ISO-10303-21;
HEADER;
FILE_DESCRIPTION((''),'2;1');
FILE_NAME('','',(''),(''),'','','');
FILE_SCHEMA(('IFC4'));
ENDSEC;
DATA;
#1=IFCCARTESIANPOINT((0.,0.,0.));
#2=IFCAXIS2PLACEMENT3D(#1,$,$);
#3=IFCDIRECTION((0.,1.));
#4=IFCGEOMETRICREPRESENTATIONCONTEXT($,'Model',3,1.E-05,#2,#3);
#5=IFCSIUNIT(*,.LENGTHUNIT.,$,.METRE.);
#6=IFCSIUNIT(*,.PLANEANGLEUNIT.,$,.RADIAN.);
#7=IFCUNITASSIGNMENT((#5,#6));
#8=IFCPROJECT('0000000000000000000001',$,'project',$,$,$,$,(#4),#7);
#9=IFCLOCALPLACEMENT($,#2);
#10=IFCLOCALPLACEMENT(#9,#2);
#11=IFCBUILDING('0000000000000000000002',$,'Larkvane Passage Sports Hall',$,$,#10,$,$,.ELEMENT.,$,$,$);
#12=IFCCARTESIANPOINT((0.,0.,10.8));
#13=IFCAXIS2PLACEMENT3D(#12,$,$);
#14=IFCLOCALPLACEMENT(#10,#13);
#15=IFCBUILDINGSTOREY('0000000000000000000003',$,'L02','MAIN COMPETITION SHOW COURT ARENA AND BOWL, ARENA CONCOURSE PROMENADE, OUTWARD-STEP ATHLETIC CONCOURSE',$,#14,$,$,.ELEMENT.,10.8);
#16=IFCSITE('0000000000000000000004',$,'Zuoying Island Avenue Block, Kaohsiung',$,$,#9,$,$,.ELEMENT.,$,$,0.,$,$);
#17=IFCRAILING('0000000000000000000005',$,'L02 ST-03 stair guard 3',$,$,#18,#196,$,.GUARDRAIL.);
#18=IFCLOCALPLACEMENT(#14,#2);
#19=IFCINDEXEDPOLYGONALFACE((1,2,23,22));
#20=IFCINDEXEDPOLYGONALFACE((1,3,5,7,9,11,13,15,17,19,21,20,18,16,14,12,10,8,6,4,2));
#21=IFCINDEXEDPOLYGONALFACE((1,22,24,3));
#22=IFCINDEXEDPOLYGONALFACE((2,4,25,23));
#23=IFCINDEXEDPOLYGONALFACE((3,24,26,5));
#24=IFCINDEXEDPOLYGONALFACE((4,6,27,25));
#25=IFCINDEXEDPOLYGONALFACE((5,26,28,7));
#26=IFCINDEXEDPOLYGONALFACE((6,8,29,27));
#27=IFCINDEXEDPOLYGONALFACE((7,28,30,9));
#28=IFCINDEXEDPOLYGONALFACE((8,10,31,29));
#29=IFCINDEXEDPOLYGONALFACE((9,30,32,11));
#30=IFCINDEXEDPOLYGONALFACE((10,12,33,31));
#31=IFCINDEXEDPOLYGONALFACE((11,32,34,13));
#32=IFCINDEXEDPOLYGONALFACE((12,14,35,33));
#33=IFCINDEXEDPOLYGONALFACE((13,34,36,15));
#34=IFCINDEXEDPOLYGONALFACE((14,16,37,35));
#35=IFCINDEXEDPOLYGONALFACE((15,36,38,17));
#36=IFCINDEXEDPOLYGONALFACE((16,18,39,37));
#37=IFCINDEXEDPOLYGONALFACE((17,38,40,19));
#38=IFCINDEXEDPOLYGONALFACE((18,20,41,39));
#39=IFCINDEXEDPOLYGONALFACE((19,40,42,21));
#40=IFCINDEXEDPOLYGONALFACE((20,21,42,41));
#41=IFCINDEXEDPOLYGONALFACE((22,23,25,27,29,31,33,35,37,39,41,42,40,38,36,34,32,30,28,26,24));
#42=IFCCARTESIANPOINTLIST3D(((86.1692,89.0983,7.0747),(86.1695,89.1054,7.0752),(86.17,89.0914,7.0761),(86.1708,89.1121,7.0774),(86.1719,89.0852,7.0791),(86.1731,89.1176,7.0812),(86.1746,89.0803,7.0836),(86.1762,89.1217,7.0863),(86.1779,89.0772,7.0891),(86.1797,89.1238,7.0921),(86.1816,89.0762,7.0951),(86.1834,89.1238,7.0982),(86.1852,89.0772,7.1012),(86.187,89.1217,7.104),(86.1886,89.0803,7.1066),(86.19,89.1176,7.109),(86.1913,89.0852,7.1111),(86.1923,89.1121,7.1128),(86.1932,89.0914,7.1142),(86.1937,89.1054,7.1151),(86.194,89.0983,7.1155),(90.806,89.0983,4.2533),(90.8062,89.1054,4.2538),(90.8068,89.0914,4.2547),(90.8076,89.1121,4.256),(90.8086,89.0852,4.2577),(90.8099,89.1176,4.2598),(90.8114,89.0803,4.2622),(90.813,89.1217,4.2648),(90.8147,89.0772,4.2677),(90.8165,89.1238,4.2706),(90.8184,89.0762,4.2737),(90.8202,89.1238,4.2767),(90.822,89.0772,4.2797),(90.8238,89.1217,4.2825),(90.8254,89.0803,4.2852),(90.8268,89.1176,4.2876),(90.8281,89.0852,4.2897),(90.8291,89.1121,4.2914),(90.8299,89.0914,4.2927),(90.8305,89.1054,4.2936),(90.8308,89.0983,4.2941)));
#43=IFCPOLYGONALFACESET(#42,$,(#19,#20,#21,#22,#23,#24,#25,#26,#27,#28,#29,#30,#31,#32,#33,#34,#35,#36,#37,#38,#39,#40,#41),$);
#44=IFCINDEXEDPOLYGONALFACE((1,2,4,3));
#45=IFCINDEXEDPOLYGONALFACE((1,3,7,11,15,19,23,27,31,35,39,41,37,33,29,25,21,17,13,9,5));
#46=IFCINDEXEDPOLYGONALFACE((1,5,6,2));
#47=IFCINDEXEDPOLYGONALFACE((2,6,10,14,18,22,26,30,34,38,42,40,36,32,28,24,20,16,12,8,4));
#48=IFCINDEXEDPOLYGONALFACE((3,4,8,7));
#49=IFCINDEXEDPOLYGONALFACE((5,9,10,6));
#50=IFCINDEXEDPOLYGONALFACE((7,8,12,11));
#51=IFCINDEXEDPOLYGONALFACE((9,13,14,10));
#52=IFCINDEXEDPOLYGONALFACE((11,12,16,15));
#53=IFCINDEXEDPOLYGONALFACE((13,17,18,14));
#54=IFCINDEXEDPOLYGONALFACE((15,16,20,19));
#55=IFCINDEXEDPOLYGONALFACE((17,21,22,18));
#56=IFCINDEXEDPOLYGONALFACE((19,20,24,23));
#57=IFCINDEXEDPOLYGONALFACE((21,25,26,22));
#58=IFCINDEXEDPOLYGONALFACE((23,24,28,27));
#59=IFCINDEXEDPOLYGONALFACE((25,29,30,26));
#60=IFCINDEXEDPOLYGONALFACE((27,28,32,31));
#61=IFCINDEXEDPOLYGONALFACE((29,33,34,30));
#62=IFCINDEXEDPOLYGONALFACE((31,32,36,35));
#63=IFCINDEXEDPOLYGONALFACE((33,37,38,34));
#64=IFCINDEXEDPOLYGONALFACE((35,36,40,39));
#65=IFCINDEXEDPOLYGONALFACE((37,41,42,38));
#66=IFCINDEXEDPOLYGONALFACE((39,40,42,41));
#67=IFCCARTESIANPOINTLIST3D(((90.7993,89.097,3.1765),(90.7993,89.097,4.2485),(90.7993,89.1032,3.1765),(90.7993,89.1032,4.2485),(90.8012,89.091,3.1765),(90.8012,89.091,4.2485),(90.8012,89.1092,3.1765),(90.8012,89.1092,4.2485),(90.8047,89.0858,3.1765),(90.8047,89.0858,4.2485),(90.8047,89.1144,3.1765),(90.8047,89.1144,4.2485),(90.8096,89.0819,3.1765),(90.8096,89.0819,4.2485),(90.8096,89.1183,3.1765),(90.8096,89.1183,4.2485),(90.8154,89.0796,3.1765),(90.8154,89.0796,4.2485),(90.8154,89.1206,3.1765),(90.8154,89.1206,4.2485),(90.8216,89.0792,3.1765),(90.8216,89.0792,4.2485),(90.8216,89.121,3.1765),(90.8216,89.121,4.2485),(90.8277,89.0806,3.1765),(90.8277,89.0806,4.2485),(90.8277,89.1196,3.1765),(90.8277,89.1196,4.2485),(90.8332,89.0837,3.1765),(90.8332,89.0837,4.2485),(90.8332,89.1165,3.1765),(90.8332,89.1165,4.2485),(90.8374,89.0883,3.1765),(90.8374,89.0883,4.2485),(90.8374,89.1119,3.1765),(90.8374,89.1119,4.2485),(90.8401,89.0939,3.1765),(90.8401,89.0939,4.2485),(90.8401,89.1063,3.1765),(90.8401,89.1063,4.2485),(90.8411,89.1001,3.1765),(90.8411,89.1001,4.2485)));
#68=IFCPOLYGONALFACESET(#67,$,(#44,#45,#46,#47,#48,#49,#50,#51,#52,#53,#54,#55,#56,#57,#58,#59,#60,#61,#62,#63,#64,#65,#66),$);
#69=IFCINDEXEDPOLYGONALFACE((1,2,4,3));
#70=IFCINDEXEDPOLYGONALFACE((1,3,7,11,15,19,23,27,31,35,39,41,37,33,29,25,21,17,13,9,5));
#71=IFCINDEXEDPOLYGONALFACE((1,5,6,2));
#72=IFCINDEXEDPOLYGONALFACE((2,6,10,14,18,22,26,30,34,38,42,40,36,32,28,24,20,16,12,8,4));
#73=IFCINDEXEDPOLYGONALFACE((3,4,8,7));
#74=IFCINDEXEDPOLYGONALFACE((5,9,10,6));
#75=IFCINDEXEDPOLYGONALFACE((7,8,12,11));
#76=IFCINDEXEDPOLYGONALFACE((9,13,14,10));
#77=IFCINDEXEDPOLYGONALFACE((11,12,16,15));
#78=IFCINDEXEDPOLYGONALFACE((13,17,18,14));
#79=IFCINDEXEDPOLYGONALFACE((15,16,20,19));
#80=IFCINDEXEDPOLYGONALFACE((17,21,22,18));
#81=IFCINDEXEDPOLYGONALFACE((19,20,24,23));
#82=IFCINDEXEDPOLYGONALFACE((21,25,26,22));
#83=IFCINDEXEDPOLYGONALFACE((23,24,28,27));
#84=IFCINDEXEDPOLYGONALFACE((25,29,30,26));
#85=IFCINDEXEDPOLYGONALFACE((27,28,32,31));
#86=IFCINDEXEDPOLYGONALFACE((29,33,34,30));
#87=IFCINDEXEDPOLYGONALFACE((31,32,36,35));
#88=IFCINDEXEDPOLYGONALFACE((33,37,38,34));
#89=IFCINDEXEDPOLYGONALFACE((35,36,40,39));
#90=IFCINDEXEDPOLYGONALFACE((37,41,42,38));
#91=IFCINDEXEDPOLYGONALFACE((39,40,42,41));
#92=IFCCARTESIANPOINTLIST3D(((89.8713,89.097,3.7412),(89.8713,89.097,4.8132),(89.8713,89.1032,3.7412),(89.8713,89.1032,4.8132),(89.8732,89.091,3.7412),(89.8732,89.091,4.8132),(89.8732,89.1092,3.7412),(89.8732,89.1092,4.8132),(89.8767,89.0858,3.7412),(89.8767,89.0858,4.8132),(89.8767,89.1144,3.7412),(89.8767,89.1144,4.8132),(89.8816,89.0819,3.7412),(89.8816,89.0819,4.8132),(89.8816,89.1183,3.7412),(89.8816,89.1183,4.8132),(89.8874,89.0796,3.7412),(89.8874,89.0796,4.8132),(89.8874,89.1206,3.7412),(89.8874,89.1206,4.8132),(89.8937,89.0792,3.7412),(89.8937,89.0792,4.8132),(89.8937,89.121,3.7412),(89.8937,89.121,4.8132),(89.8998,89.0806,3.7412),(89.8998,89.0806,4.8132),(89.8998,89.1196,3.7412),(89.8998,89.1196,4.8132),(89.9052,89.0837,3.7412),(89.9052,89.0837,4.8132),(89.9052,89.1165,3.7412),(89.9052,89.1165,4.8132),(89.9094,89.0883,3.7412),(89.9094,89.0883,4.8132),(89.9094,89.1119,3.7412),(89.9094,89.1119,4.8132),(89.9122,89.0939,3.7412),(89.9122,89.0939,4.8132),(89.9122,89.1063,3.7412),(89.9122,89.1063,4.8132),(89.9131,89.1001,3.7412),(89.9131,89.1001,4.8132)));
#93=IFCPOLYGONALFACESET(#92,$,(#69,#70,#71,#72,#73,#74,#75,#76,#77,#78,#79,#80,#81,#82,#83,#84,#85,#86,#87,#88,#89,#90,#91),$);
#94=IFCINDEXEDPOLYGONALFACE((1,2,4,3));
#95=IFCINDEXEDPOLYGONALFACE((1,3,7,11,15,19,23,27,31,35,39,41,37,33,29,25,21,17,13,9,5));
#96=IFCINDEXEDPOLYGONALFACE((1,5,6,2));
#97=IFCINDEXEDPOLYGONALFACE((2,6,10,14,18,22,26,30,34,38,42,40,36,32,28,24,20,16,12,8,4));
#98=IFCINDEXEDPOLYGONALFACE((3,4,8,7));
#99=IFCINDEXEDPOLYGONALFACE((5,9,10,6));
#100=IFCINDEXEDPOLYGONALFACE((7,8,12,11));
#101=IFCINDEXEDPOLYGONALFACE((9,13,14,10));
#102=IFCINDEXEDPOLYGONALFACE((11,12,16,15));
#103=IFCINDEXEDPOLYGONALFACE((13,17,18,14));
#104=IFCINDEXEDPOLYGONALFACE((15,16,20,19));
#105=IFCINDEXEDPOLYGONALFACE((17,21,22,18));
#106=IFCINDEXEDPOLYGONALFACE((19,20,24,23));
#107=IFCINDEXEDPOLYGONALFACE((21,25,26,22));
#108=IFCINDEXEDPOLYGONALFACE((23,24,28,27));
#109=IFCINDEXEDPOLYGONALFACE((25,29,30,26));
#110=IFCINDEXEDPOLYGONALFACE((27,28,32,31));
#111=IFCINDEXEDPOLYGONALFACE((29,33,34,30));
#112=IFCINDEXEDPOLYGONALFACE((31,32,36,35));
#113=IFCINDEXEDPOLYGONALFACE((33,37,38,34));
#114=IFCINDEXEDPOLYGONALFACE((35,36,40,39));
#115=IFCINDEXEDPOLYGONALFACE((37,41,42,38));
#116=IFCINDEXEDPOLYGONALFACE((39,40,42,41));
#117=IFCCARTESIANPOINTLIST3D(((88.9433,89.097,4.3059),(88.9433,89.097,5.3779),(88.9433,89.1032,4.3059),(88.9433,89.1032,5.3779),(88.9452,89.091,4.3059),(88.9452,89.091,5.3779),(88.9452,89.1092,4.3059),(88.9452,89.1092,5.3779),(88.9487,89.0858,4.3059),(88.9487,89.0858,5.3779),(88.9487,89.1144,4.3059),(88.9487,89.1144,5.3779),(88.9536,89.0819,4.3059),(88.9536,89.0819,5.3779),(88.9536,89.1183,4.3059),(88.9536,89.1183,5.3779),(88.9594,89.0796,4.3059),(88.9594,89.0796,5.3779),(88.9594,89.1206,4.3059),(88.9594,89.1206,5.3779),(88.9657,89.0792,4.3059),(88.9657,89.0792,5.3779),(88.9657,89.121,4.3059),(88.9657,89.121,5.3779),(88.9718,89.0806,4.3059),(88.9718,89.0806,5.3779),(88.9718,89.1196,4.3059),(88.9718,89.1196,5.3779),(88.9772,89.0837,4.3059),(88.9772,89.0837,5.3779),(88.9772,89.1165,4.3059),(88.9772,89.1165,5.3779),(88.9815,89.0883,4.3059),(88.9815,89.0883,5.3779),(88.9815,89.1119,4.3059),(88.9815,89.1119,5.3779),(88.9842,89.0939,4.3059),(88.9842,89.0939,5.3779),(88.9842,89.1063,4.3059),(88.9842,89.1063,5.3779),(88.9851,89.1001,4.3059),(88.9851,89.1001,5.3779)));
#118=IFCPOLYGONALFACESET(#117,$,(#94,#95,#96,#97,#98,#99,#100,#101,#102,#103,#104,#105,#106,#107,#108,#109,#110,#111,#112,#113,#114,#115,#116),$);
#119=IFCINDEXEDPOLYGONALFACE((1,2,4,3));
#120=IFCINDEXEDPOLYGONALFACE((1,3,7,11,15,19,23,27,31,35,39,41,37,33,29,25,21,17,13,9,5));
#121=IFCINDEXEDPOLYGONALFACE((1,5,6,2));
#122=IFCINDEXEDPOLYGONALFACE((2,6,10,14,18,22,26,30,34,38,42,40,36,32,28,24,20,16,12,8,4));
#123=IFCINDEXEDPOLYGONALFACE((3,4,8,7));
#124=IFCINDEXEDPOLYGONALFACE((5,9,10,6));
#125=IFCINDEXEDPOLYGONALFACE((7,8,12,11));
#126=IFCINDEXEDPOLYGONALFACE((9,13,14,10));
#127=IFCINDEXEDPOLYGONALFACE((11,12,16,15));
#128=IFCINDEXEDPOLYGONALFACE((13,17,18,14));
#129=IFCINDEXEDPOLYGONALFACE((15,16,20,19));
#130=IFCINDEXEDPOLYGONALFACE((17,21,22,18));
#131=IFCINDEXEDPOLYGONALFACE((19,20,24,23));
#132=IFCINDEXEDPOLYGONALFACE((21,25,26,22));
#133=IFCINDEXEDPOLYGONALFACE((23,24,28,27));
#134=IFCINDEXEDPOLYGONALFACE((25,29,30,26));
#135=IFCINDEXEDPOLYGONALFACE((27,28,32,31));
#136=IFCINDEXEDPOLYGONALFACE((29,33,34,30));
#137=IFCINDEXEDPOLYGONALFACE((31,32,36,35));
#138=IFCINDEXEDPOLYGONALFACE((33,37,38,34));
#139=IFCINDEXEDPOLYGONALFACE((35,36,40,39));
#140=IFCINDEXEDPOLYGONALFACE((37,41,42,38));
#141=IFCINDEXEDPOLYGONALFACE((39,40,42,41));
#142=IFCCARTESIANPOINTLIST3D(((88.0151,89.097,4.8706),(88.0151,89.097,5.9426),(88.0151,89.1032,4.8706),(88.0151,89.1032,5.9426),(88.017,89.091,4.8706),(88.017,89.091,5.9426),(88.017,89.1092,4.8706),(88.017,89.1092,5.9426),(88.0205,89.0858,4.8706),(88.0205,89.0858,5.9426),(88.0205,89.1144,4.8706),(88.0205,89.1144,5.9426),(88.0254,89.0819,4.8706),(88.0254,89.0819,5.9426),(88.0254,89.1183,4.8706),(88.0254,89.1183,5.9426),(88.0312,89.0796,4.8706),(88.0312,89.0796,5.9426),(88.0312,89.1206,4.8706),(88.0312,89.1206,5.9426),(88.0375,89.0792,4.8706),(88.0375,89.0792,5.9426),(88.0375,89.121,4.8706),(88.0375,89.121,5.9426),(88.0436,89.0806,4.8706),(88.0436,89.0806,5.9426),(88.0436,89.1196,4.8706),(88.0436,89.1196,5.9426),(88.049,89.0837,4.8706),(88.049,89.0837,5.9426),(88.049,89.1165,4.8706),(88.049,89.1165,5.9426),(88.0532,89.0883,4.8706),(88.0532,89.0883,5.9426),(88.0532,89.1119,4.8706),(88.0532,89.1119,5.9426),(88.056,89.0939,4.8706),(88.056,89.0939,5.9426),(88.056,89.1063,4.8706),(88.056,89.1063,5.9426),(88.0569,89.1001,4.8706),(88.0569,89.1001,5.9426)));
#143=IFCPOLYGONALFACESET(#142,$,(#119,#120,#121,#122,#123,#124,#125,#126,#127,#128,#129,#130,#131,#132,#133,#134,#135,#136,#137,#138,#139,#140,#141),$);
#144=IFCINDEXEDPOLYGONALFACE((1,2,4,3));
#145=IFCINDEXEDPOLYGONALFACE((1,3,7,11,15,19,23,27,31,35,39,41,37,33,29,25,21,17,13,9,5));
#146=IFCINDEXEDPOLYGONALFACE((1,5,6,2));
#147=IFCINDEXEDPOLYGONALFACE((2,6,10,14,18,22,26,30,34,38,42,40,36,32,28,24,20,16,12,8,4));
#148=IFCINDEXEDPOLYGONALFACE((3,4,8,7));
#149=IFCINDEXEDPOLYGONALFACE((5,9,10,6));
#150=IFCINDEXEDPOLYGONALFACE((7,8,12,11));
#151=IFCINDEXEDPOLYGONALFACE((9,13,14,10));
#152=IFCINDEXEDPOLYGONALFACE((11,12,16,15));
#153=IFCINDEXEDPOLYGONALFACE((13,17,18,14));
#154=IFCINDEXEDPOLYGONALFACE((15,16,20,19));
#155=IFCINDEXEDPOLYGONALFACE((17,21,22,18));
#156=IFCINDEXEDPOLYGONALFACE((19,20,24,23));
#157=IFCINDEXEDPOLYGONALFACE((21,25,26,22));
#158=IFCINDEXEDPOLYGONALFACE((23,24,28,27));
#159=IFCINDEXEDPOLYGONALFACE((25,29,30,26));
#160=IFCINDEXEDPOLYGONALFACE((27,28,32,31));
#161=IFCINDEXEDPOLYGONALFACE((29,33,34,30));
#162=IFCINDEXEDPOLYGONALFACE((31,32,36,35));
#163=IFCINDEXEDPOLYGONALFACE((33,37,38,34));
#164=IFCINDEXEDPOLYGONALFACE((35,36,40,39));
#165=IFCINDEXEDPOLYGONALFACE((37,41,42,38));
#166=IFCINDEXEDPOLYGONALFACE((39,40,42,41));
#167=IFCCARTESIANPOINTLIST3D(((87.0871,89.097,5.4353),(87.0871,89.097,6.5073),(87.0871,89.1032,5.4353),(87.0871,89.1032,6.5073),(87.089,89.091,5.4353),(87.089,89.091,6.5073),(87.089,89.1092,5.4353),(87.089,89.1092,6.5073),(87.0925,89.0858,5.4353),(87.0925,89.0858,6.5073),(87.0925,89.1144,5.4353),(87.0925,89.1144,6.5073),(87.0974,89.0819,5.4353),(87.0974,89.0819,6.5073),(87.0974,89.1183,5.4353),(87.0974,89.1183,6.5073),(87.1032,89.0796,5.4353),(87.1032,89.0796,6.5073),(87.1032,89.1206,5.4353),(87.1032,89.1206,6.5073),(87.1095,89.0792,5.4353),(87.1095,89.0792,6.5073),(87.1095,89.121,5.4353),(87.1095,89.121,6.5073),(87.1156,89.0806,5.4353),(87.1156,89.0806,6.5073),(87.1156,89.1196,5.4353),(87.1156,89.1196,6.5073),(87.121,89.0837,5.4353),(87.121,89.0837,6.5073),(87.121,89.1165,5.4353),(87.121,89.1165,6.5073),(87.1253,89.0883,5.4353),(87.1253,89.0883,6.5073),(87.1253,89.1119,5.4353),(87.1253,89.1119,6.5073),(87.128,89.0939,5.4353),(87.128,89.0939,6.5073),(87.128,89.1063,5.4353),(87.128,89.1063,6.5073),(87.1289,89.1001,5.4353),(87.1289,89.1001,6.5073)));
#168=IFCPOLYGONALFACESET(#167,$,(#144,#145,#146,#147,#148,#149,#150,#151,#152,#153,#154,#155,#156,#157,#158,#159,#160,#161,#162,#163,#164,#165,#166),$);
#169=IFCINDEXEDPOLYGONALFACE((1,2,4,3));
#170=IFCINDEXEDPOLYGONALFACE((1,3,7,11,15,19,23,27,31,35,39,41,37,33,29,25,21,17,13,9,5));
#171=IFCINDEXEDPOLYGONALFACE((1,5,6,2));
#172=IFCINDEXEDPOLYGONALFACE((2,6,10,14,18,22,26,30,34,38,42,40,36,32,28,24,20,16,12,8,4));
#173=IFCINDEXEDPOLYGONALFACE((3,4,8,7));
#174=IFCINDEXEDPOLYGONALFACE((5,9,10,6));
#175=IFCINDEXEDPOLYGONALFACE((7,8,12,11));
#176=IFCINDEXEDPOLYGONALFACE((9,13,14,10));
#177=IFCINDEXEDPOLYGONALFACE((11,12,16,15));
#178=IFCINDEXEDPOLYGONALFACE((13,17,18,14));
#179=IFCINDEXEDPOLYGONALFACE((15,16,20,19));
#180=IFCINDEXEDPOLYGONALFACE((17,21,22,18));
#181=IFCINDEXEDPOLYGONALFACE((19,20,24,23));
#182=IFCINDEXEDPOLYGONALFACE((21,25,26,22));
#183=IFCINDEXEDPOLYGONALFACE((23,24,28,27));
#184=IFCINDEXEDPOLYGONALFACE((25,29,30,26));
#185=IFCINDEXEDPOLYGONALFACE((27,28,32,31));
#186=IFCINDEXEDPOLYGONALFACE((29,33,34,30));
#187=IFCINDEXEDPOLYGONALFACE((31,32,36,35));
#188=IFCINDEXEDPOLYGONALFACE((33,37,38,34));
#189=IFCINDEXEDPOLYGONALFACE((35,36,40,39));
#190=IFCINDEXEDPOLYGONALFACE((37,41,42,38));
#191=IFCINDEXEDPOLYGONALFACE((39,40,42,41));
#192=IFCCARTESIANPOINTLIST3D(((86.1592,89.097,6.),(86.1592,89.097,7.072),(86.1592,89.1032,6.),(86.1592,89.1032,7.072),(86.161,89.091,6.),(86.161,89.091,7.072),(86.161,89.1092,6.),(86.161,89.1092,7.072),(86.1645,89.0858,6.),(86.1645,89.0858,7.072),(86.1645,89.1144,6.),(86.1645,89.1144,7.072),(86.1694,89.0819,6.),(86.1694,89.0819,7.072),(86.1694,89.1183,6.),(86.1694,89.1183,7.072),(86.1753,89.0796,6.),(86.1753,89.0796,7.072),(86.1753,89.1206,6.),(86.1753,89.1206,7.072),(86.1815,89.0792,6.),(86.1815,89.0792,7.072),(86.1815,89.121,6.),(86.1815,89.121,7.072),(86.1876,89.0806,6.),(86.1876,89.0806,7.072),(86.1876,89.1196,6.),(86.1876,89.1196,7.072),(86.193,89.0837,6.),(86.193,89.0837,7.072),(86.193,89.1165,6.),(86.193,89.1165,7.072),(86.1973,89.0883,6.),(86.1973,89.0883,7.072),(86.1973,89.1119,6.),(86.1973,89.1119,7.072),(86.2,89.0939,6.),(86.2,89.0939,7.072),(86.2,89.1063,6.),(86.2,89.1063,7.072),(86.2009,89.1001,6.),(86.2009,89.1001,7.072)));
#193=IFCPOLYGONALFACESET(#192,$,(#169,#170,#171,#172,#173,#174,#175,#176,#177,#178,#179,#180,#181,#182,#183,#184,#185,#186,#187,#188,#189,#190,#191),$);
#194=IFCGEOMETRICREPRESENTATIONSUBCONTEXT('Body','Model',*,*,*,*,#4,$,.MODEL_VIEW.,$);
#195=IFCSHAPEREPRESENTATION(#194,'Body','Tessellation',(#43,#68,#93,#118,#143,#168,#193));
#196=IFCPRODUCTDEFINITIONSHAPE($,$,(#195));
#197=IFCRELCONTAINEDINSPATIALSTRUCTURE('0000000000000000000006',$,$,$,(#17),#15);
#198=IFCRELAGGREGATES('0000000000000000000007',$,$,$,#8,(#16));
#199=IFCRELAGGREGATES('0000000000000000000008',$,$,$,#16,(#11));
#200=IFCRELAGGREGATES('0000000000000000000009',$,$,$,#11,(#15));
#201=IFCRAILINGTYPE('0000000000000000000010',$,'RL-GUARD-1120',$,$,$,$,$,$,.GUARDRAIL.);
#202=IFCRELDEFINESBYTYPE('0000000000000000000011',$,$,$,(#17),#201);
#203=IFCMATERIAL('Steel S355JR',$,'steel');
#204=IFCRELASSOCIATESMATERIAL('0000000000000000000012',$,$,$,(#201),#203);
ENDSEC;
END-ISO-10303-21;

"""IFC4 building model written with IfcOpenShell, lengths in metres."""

from ifc_helpers import new_model, si_unit, direction, frame, origin, origin_2d, place, context, subcontext, project, spatial, circle, extrude, material, type_object, element, save


model = new_model("IFC4")

# Units and contexts
model_context = context("Model", 3, precision=1e-05, world=origin(), true_north=direction((0.0, 1.0)))
body_context = subcontext(model_context, "Body", "Model", "MODEL_VIEW")
ifc_project = project(units=[si_unit("LENGTHUNIT", "METRE"), si_unit("PLANEANGLEUNIT", "RADIAN")], contexts=[model_context])

# Site, building, storey
site_placement = place(None, origin())
site = spatial("IfcSite", under=ifc_project, at=site_placement, Name="Zuoying Island Avenue Block, Kaohsiung", CompositionType="ELEMENT", RefElevation=0.0)
building_placement = place(site_placement, origin())
building = spatial("IfcBuilding", under=site, at=building_placement, Name="Larkvane Passage Sports Hall", CompositionType="ELEMENT")
storey_placement = place(building_placement, frame((0.0, 0.0, 10.8)))
storey = spatial("IfcBuildingStorey", under=building, at=storey_placement, Name="L02", Description="MAIN COMPETITION SHOW COURT ARENA AND BOWL, ARENA CONCOURSE PROMENADE, OUTWARD-STEP ATHLETIC CONCOURSE", CompositionType="ELEMENT", Elevation=10.8)

# Shared definitions
ifc_material_1 = material(Name="Steel S355JR", Category="steel")

# Railing
railing_type_1 = type_object("IfcRailingType", Name="RL-GUARD-1120", PredefinedType="GUARDRAIL", material=ifc_material_1)
railing_1_placement = place(storey_placement, frame((90.8201, 89.1001, 3.1765)))
element("IfcRailing", 1, at=railing_1_placement, inside=storey, type_object=railing_type_1, Name="L02 ST-03 stair guard 3", PredefinedType="GUARDRAIL", context=body_context, shape_type="SweptSolid", body=[
    extrude(circle(Radius=0.0239, at=origin_2d()), frame((-0.0017, 0.0, 1.0972), z_axis=(-0.854276, 0.0, 0.51982), x_axis=(0.0, -1.0, 0.0)), (0.0, 0.0, 1.0), 5.4277),
    extrude(circle(Radius=0.021, at=origin_2d()), origin(), (0.0, 0.0, 1.0), 1.072),
    extrude(circle(Radius=0.021, at=origin_2d()), frame((-0.928, 0.0, 0.5647)), (0.0, 0.0, 1.0), 1.072),
    extrude(circle(Radius=0.021, at=origin_2d()), frame((-1.856, 0.0, 1.1294)), (0.0, 0.0, 1.0), 1.072),
    extrude(circle(Radius=0.021, at=origin_2d()), frame((-2.7842, 0.0, 1.6941)), (0.0, 0.0, 1.0), 1.072),
    extrude(circle(Radius=0.021, at=origin_2d()), frame((-3.7122, 0.0, 2.2588)), (0.0, 0.0, 1.0), 1.072),
    extrude(circle(Radius=0.021, at=origin_2d()), frame((-4.6401, 0.0, 2.8235)), (0.0, 0.0, 1.0), 1.072),
])

save(model, "model.ifc")
